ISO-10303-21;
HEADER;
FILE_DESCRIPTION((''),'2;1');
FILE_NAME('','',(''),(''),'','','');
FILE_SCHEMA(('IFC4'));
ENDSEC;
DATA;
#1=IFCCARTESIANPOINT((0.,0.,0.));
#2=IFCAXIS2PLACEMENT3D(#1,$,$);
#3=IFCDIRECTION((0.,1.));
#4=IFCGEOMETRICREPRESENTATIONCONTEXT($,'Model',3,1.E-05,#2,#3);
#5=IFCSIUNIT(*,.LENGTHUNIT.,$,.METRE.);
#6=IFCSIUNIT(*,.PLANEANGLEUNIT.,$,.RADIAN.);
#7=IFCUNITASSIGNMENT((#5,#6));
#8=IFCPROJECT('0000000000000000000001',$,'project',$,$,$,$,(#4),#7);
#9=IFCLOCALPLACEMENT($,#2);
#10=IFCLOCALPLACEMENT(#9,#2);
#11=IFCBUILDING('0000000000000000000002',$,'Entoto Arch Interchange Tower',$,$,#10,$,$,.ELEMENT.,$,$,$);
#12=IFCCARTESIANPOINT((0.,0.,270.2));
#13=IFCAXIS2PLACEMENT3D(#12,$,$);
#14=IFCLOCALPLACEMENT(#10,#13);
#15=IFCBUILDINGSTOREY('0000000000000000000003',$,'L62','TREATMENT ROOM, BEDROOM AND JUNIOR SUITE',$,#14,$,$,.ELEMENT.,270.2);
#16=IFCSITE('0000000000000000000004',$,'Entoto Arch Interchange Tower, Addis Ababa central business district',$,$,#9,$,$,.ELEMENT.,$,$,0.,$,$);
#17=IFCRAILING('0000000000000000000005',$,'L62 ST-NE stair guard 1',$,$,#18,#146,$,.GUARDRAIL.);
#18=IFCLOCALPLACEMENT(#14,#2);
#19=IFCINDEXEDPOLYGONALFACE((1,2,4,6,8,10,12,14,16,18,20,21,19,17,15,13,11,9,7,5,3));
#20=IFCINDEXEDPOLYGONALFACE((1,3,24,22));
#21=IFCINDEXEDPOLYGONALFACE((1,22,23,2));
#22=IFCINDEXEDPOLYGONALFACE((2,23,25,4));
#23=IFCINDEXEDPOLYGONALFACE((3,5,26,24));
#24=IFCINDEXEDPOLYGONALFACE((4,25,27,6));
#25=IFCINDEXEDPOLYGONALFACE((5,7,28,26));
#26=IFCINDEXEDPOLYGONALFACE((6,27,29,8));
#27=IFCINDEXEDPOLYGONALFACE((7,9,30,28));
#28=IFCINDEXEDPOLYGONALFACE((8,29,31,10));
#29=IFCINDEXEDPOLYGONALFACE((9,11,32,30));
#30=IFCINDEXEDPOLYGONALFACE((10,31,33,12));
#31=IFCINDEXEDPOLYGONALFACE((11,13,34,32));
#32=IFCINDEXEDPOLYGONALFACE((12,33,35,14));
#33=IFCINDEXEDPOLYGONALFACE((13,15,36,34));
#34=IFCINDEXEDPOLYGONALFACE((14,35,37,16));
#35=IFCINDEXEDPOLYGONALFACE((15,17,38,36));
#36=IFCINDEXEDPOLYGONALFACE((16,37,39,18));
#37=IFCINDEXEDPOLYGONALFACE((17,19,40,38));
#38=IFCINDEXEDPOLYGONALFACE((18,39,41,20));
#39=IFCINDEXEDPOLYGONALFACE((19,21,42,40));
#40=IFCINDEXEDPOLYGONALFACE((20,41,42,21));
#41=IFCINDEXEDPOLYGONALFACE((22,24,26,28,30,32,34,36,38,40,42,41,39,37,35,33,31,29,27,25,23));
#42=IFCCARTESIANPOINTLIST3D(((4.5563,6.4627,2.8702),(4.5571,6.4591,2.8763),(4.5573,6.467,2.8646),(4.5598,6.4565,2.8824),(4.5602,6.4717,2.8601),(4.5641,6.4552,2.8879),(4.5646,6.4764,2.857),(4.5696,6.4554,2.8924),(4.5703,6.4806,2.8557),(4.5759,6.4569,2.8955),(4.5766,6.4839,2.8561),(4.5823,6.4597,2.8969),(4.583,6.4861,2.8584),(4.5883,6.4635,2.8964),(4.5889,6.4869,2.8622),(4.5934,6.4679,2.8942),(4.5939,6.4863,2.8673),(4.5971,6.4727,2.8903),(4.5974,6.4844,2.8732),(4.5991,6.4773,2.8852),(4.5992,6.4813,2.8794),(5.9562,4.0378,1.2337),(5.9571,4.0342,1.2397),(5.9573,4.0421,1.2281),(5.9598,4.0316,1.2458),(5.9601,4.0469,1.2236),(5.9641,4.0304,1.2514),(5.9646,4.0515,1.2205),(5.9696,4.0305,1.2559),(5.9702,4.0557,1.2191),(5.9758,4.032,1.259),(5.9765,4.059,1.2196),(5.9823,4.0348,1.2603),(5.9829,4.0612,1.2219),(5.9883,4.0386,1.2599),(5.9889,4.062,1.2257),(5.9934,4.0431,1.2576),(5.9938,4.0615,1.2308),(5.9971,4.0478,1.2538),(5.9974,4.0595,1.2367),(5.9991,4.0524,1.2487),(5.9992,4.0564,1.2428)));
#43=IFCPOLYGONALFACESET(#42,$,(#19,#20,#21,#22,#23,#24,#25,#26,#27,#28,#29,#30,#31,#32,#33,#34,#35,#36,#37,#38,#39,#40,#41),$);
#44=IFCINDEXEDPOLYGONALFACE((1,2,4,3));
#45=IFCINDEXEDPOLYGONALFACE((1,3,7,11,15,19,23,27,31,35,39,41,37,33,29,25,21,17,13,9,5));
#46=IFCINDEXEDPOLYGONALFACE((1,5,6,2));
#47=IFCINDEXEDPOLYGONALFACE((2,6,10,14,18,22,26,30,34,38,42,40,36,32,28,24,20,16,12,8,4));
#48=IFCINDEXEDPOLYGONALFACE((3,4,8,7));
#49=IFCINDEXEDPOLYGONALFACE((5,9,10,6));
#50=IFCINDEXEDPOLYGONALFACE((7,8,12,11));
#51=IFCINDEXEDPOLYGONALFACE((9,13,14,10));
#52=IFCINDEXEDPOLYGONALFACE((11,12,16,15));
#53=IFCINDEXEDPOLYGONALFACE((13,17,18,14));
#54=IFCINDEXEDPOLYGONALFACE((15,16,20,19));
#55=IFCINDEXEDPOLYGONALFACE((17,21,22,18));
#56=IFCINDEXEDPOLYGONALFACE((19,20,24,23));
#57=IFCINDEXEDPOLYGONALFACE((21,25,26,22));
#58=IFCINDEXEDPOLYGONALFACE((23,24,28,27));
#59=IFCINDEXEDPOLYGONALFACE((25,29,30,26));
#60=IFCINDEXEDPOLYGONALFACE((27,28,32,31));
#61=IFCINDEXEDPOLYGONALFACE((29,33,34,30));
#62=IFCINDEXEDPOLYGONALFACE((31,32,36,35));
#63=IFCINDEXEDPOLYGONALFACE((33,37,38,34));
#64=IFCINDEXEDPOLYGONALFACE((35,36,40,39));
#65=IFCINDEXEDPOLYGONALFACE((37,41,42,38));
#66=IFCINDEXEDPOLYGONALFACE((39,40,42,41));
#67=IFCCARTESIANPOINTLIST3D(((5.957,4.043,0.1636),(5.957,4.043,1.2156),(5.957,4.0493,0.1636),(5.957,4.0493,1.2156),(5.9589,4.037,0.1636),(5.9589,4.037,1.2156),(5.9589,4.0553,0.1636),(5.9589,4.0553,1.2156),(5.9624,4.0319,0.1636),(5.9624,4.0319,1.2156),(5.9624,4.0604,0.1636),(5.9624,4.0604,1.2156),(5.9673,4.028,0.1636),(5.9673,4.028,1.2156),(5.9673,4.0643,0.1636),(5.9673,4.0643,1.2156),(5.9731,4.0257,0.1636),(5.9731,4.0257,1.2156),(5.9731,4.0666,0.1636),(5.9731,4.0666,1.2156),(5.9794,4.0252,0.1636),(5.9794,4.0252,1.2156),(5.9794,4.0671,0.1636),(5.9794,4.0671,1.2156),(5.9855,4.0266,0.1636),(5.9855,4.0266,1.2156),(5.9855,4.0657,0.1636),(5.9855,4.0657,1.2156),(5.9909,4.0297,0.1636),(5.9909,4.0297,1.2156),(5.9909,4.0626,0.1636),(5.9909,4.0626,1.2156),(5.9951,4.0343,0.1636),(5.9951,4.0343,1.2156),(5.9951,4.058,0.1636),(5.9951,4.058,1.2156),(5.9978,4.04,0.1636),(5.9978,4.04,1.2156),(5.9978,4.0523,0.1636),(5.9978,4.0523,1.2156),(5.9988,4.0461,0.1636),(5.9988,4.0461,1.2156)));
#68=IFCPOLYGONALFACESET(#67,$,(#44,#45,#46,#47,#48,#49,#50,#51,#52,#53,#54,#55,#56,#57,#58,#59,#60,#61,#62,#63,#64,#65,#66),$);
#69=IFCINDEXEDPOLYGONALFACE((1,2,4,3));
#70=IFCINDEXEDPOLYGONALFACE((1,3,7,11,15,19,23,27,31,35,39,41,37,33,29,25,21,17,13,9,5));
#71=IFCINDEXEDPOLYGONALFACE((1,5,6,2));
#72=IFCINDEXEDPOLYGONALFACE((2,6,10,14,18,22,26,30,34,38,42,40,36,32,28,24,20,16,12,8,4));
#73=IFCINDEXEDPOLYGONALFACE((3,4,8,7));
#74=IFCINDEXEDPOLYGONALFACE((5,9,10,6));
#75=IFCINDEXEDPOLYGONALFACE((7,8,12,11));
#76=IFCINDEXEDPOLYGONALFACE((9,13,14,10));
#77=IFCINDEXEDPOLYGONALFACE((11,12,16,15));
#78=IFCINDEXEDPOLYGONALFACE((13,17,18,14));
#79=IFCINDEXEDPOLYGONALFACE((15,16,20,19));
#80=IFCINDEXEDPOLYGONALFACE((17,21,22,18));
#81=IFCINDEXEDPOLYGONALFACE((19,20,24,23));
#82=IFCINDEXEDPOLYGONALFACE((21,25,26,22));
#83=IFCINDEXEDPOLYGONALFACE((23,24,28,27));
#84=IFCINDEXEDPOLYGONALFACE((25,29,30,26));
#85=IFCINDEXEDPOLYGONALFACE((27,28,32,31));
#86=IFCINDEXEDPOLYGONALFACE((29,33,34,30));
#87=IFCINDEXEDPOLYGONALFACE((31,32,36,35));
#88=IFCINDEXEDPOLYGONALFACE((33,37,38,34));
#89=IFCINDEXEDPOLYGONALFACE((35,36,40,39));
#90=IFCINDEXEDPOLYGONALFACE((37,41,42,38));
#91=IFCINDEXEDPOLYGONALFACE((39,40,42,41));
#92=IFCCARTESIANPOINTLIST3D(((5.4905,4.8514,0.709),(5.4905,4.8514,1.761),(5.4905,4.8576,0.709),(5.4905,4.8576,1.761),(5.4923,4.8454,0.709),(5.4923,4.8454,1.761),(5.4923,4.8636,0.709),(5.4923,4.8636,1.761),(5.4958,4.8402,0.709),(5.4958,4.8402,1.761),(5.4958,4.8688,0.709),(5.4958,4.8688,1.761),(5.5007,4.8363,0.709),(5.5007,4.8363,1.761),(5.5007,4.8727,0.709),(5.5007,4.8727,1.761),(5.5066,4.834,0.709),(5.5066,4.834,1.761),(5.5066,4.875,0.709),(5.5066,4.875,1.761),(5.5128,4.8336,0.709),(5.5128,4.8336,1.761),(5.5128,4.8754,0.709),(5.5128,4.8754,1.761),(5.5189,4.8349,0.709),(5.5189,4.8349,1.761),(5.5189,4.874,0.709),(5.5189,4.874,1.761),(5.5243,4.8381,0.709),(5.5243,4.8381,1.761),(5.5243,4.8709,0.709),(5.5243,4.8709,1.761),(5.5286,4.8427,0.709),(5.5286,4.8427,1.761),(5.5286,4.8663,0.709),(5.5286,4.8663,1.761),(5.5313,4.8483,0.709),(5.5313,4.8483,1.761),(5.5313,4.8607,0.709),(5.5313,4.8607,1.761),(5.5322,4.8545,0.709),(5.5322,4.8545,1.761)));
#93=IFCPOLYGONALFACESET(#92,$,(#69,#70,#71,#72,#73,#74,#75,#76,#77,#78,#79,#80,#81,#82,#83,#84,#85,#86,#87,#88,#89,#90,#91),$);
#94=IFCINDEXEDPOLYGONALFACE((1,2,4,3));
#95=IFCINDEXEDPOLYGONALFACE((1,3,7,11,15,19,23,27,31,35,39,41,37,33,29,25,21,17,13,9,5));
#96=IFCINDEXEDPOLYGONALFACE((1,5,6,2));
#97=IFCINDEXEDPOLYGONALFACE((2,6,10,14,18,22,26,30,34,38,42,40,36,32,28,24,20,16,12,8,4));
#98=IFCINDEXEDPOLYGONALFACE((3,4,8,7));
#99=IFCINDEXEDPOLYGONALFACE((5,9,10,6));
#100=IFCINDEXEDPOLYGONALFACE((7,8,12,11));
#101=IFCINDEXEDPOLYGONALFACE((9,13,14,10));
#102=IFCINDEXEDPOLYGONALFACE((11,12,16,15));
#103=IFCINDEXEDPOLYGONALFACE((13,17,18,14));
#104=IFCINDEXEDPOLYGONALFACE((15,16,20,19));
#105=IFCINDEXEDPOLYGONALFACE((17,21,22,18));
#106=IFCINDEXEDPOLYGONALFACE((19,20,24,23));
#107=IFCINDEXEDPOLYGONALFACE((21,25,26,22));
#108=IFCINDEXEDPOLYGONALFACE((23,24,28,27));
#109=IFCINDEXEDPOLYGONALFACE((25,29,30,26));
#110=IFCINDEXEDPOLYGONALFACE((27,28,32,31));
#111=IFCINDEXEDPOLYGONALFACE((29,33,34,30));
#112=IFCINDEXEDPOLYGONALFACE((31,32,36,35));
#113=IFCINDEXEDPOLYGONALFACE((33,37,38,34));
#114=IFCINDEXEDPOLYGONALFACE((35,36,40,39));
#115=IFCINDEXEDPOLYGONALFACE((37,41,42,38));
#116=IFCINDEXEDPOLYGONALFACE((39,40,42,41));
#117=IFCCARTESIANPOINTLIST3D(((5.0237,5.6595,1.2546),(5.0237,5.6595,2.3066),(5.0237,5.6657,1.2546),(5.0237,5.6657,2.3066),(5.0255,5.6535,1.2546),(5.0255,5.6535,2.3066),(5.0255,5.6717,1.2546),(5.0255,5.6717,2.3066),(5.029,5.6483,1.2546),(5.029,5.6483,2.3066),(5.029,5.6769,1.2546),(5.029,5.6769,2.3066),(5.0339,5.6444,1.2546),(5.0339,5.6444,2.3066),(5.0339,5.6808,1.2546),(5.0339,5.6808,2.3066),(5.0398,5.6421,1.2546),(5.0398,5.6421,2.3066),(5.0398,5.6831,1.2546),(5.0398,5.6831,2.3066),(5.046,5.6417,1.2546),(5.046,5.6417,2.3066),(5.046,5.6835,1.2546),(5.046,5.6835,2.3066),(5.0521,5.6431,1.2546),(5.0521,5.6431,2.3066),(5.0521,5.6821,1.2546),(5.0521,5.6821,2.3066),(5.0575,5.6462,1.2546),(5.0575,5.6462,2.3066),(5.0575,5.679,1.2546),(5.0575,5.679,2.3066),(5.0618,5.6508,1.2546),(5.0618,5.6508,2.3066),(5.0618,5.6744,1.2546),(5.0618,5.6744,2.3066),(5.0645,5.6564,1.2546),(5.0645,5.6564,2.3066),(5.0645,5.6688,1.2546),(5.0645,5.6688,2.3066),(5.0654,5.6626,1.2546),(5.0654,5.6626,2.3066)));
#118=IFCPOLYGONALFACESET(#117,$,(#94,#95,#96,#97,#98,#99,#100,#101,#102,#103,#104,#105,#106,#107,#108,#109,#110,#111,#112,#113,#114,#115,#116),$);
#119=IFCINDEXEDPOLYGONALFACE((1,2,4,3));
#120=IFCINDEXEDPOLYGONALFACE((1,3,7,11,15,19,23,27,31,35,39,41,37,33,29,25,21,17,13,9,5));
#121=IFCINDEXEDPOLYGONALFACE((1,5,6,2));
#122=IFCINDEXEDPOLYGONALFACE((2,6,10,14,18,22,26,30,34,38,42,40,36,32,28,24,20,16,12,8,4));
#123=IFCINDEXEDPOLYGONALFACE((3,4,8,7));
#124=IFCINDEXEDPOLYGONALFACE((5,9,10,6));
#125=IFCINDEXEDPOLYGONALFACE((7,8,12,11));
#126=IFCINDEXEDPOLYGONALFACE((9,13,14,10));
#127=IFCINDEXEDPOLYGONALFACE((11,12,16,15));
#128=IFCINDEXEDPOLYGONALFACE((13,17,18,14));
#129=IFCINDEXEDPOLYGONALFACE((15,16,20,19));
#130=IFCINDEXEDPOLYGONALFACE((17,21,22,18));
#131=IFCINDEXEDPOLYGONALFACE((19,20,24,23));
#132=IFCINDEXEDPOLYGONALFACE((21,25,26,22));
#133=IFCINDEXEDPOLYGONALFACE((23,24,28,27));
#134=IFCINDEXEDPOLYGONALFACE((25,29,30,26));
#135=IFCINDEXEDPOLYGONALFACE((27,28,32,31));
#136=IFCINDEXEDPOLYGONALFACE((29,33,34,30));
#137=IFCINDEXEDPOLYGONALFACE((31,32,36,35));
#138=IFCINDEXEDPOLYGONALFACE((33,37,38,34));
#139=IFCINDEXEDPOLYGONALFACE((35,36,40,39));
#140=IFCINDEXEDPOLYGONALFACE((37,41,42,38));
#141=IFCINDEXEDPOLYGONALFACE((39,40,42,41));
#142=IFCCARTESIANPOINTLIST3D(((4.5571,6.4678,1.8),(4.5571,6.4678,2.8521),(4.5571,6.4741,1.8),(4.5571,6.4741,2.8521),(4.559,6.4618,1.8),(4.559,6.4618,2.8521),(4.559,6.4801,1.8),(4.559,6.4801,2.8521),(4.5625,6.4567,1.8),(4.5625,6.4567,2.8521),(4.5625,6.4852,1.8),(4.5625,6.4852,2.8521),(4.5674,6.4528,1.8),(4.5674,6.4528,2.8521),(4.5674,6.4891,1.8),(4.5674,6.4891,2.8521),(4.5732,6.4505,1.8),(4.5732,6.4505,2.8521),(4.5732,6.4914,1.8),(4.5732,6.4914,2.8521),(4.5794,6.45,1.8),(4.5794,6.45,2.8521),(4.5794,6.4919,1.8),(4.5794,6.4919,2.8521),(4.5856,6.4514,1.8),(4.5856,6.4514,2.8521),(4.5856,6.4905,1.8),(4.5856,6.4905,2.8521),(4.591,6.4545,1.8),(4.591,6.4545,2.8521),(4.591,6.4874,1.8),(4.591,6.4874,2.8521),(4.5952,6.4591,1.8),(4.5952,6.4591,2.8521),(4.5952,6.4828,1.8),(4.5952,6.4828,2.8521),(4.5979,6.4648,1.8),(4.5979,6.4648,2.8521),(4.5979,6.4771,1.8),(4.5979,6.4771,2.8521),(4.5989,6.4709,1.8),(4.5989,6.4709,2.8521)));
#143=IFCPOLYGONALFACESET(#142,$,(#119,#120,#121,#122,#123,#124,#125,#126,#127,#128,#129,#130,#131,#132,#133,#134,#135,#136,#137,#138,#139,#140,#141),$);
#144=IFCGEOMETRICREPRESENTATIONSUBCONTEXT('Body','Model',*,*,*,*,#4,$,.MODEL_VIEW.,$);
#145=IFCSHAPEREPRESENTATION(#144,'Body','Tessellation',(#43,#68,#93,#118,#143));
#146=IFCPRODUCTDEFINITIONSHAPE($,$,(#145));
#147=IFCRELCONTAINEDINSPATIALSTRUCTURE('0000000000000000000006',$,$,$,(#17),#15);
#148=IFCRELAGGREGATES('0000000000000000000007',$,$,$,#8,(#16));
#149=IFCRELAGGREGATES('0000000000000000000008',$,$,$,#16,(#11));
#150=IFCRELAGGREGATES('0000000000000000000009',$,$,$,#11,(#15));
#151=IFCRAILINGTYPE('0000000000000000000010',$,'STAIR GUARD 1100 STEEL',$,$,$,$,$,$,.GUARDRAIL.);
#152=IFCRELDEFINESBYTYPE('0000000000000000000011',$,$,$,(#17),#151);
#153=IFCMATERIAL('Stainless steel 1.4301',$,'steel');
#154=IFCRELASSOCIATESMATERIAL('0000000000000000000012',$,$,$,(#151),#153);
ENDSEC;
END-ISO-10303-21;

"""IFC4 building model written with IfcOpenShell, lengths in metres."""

from ifc_helpers import new_model, si_unit, direction, frame, origin, origin_2d, place, context, subcontext, project, spatial, circle, extrude, material, type_object, element, save


model = new_model("IFC4")

# Units and contexts
model_context = context("Model", 3, precision=1e-05, world=origin(), true_north=direction((0.0, 1.0)))
body_context = subcontext(model_context, "Body", "Model", "MODEL_VIEW")
ifc_project = project(units=[si_unit("LENGTHUNIT", "METRE"), si_unit("PLANEANGLEUNIT", "RADIAN")], contexts=[model_context])

# Site, building, storey
site_placement = place(None, origin())
site = spatial("IfcSite", under=ifc_project, at=site_placement, Name="Entoto Arch Interchange Tower, Addis Ababa central business district", CompositionType="ELEMENT", RefElevation=0.0)
building_placement = place(site_placement, origin())
building = spatial("IfcBuilding", under=site, at=building_placement, Name="Entoto Arch Interchange Tower", CompositionType="ELEMENT")
storey_placement = place(building_placement, frame((0.0, 0.0, 270.2)))
storey = spatial("IfcBuildingStorey", under=building, at=storey_placement, Name="L62", Description="TREATMENT ROOM, BEDROOM AND JUNIOR SUITE", CompositionType="ELEMENT", Elevation=270.2)

# Railing
ifc_material_1 = material(Name="Stainless steel 1.4301", Category="steel")
railing_type_1 = type_object("IfcRailingType", Name="STAIR GUARD 1100 STEEL", PredefinedType="GUARDRAIL", material=ifc_material_1)
railing_1_placement = place(storey_placement, frame((5.9778, 4.0461, 0.1636)))
element("IfcRailing", 1, at=railing_1_placement, inside=storey, type_object=railing_type_1, Name="L62 ST-NE stair guard 1", PredefinedType="GUARDRAIL", context=body_context, shape_type="SweptSolid", body=[
    extrude(circle(Radius=0.0239, at=origin_2d()), frame((0.0, 0.0, 1.0762), z_axis=(-0.431661, 0.74769, 0.504608), x_axis=(-0.866035, -0.499984, 0.0)), (0.0, 0.0, 1.0), 3.2432),
    extrude(circle(Radius=0.021, at=origin_2d()), origin(), (0.0, 0.0, 1.0), 1.052),
    extrude(circle(Radius=0.021, at=origin_2d()), frame((-0.4666, 0.8083, 0.5454)), (0.0, 0.0, 1.0), 1.052),
    extrude(circle(Radius=0.021, at=origin_2d()), frame((-0.9333, 1.6165, 1.0911)), (0.0, 0.0, 1.0), 1.052),
    extrude(circle(Radius=0.021, at=origin_2d()), frame((-1.3999, 2.4248, 1.6365)), (0.0, 0.0, 1.0), 1.052),
])

save(model, "model.ifc")
